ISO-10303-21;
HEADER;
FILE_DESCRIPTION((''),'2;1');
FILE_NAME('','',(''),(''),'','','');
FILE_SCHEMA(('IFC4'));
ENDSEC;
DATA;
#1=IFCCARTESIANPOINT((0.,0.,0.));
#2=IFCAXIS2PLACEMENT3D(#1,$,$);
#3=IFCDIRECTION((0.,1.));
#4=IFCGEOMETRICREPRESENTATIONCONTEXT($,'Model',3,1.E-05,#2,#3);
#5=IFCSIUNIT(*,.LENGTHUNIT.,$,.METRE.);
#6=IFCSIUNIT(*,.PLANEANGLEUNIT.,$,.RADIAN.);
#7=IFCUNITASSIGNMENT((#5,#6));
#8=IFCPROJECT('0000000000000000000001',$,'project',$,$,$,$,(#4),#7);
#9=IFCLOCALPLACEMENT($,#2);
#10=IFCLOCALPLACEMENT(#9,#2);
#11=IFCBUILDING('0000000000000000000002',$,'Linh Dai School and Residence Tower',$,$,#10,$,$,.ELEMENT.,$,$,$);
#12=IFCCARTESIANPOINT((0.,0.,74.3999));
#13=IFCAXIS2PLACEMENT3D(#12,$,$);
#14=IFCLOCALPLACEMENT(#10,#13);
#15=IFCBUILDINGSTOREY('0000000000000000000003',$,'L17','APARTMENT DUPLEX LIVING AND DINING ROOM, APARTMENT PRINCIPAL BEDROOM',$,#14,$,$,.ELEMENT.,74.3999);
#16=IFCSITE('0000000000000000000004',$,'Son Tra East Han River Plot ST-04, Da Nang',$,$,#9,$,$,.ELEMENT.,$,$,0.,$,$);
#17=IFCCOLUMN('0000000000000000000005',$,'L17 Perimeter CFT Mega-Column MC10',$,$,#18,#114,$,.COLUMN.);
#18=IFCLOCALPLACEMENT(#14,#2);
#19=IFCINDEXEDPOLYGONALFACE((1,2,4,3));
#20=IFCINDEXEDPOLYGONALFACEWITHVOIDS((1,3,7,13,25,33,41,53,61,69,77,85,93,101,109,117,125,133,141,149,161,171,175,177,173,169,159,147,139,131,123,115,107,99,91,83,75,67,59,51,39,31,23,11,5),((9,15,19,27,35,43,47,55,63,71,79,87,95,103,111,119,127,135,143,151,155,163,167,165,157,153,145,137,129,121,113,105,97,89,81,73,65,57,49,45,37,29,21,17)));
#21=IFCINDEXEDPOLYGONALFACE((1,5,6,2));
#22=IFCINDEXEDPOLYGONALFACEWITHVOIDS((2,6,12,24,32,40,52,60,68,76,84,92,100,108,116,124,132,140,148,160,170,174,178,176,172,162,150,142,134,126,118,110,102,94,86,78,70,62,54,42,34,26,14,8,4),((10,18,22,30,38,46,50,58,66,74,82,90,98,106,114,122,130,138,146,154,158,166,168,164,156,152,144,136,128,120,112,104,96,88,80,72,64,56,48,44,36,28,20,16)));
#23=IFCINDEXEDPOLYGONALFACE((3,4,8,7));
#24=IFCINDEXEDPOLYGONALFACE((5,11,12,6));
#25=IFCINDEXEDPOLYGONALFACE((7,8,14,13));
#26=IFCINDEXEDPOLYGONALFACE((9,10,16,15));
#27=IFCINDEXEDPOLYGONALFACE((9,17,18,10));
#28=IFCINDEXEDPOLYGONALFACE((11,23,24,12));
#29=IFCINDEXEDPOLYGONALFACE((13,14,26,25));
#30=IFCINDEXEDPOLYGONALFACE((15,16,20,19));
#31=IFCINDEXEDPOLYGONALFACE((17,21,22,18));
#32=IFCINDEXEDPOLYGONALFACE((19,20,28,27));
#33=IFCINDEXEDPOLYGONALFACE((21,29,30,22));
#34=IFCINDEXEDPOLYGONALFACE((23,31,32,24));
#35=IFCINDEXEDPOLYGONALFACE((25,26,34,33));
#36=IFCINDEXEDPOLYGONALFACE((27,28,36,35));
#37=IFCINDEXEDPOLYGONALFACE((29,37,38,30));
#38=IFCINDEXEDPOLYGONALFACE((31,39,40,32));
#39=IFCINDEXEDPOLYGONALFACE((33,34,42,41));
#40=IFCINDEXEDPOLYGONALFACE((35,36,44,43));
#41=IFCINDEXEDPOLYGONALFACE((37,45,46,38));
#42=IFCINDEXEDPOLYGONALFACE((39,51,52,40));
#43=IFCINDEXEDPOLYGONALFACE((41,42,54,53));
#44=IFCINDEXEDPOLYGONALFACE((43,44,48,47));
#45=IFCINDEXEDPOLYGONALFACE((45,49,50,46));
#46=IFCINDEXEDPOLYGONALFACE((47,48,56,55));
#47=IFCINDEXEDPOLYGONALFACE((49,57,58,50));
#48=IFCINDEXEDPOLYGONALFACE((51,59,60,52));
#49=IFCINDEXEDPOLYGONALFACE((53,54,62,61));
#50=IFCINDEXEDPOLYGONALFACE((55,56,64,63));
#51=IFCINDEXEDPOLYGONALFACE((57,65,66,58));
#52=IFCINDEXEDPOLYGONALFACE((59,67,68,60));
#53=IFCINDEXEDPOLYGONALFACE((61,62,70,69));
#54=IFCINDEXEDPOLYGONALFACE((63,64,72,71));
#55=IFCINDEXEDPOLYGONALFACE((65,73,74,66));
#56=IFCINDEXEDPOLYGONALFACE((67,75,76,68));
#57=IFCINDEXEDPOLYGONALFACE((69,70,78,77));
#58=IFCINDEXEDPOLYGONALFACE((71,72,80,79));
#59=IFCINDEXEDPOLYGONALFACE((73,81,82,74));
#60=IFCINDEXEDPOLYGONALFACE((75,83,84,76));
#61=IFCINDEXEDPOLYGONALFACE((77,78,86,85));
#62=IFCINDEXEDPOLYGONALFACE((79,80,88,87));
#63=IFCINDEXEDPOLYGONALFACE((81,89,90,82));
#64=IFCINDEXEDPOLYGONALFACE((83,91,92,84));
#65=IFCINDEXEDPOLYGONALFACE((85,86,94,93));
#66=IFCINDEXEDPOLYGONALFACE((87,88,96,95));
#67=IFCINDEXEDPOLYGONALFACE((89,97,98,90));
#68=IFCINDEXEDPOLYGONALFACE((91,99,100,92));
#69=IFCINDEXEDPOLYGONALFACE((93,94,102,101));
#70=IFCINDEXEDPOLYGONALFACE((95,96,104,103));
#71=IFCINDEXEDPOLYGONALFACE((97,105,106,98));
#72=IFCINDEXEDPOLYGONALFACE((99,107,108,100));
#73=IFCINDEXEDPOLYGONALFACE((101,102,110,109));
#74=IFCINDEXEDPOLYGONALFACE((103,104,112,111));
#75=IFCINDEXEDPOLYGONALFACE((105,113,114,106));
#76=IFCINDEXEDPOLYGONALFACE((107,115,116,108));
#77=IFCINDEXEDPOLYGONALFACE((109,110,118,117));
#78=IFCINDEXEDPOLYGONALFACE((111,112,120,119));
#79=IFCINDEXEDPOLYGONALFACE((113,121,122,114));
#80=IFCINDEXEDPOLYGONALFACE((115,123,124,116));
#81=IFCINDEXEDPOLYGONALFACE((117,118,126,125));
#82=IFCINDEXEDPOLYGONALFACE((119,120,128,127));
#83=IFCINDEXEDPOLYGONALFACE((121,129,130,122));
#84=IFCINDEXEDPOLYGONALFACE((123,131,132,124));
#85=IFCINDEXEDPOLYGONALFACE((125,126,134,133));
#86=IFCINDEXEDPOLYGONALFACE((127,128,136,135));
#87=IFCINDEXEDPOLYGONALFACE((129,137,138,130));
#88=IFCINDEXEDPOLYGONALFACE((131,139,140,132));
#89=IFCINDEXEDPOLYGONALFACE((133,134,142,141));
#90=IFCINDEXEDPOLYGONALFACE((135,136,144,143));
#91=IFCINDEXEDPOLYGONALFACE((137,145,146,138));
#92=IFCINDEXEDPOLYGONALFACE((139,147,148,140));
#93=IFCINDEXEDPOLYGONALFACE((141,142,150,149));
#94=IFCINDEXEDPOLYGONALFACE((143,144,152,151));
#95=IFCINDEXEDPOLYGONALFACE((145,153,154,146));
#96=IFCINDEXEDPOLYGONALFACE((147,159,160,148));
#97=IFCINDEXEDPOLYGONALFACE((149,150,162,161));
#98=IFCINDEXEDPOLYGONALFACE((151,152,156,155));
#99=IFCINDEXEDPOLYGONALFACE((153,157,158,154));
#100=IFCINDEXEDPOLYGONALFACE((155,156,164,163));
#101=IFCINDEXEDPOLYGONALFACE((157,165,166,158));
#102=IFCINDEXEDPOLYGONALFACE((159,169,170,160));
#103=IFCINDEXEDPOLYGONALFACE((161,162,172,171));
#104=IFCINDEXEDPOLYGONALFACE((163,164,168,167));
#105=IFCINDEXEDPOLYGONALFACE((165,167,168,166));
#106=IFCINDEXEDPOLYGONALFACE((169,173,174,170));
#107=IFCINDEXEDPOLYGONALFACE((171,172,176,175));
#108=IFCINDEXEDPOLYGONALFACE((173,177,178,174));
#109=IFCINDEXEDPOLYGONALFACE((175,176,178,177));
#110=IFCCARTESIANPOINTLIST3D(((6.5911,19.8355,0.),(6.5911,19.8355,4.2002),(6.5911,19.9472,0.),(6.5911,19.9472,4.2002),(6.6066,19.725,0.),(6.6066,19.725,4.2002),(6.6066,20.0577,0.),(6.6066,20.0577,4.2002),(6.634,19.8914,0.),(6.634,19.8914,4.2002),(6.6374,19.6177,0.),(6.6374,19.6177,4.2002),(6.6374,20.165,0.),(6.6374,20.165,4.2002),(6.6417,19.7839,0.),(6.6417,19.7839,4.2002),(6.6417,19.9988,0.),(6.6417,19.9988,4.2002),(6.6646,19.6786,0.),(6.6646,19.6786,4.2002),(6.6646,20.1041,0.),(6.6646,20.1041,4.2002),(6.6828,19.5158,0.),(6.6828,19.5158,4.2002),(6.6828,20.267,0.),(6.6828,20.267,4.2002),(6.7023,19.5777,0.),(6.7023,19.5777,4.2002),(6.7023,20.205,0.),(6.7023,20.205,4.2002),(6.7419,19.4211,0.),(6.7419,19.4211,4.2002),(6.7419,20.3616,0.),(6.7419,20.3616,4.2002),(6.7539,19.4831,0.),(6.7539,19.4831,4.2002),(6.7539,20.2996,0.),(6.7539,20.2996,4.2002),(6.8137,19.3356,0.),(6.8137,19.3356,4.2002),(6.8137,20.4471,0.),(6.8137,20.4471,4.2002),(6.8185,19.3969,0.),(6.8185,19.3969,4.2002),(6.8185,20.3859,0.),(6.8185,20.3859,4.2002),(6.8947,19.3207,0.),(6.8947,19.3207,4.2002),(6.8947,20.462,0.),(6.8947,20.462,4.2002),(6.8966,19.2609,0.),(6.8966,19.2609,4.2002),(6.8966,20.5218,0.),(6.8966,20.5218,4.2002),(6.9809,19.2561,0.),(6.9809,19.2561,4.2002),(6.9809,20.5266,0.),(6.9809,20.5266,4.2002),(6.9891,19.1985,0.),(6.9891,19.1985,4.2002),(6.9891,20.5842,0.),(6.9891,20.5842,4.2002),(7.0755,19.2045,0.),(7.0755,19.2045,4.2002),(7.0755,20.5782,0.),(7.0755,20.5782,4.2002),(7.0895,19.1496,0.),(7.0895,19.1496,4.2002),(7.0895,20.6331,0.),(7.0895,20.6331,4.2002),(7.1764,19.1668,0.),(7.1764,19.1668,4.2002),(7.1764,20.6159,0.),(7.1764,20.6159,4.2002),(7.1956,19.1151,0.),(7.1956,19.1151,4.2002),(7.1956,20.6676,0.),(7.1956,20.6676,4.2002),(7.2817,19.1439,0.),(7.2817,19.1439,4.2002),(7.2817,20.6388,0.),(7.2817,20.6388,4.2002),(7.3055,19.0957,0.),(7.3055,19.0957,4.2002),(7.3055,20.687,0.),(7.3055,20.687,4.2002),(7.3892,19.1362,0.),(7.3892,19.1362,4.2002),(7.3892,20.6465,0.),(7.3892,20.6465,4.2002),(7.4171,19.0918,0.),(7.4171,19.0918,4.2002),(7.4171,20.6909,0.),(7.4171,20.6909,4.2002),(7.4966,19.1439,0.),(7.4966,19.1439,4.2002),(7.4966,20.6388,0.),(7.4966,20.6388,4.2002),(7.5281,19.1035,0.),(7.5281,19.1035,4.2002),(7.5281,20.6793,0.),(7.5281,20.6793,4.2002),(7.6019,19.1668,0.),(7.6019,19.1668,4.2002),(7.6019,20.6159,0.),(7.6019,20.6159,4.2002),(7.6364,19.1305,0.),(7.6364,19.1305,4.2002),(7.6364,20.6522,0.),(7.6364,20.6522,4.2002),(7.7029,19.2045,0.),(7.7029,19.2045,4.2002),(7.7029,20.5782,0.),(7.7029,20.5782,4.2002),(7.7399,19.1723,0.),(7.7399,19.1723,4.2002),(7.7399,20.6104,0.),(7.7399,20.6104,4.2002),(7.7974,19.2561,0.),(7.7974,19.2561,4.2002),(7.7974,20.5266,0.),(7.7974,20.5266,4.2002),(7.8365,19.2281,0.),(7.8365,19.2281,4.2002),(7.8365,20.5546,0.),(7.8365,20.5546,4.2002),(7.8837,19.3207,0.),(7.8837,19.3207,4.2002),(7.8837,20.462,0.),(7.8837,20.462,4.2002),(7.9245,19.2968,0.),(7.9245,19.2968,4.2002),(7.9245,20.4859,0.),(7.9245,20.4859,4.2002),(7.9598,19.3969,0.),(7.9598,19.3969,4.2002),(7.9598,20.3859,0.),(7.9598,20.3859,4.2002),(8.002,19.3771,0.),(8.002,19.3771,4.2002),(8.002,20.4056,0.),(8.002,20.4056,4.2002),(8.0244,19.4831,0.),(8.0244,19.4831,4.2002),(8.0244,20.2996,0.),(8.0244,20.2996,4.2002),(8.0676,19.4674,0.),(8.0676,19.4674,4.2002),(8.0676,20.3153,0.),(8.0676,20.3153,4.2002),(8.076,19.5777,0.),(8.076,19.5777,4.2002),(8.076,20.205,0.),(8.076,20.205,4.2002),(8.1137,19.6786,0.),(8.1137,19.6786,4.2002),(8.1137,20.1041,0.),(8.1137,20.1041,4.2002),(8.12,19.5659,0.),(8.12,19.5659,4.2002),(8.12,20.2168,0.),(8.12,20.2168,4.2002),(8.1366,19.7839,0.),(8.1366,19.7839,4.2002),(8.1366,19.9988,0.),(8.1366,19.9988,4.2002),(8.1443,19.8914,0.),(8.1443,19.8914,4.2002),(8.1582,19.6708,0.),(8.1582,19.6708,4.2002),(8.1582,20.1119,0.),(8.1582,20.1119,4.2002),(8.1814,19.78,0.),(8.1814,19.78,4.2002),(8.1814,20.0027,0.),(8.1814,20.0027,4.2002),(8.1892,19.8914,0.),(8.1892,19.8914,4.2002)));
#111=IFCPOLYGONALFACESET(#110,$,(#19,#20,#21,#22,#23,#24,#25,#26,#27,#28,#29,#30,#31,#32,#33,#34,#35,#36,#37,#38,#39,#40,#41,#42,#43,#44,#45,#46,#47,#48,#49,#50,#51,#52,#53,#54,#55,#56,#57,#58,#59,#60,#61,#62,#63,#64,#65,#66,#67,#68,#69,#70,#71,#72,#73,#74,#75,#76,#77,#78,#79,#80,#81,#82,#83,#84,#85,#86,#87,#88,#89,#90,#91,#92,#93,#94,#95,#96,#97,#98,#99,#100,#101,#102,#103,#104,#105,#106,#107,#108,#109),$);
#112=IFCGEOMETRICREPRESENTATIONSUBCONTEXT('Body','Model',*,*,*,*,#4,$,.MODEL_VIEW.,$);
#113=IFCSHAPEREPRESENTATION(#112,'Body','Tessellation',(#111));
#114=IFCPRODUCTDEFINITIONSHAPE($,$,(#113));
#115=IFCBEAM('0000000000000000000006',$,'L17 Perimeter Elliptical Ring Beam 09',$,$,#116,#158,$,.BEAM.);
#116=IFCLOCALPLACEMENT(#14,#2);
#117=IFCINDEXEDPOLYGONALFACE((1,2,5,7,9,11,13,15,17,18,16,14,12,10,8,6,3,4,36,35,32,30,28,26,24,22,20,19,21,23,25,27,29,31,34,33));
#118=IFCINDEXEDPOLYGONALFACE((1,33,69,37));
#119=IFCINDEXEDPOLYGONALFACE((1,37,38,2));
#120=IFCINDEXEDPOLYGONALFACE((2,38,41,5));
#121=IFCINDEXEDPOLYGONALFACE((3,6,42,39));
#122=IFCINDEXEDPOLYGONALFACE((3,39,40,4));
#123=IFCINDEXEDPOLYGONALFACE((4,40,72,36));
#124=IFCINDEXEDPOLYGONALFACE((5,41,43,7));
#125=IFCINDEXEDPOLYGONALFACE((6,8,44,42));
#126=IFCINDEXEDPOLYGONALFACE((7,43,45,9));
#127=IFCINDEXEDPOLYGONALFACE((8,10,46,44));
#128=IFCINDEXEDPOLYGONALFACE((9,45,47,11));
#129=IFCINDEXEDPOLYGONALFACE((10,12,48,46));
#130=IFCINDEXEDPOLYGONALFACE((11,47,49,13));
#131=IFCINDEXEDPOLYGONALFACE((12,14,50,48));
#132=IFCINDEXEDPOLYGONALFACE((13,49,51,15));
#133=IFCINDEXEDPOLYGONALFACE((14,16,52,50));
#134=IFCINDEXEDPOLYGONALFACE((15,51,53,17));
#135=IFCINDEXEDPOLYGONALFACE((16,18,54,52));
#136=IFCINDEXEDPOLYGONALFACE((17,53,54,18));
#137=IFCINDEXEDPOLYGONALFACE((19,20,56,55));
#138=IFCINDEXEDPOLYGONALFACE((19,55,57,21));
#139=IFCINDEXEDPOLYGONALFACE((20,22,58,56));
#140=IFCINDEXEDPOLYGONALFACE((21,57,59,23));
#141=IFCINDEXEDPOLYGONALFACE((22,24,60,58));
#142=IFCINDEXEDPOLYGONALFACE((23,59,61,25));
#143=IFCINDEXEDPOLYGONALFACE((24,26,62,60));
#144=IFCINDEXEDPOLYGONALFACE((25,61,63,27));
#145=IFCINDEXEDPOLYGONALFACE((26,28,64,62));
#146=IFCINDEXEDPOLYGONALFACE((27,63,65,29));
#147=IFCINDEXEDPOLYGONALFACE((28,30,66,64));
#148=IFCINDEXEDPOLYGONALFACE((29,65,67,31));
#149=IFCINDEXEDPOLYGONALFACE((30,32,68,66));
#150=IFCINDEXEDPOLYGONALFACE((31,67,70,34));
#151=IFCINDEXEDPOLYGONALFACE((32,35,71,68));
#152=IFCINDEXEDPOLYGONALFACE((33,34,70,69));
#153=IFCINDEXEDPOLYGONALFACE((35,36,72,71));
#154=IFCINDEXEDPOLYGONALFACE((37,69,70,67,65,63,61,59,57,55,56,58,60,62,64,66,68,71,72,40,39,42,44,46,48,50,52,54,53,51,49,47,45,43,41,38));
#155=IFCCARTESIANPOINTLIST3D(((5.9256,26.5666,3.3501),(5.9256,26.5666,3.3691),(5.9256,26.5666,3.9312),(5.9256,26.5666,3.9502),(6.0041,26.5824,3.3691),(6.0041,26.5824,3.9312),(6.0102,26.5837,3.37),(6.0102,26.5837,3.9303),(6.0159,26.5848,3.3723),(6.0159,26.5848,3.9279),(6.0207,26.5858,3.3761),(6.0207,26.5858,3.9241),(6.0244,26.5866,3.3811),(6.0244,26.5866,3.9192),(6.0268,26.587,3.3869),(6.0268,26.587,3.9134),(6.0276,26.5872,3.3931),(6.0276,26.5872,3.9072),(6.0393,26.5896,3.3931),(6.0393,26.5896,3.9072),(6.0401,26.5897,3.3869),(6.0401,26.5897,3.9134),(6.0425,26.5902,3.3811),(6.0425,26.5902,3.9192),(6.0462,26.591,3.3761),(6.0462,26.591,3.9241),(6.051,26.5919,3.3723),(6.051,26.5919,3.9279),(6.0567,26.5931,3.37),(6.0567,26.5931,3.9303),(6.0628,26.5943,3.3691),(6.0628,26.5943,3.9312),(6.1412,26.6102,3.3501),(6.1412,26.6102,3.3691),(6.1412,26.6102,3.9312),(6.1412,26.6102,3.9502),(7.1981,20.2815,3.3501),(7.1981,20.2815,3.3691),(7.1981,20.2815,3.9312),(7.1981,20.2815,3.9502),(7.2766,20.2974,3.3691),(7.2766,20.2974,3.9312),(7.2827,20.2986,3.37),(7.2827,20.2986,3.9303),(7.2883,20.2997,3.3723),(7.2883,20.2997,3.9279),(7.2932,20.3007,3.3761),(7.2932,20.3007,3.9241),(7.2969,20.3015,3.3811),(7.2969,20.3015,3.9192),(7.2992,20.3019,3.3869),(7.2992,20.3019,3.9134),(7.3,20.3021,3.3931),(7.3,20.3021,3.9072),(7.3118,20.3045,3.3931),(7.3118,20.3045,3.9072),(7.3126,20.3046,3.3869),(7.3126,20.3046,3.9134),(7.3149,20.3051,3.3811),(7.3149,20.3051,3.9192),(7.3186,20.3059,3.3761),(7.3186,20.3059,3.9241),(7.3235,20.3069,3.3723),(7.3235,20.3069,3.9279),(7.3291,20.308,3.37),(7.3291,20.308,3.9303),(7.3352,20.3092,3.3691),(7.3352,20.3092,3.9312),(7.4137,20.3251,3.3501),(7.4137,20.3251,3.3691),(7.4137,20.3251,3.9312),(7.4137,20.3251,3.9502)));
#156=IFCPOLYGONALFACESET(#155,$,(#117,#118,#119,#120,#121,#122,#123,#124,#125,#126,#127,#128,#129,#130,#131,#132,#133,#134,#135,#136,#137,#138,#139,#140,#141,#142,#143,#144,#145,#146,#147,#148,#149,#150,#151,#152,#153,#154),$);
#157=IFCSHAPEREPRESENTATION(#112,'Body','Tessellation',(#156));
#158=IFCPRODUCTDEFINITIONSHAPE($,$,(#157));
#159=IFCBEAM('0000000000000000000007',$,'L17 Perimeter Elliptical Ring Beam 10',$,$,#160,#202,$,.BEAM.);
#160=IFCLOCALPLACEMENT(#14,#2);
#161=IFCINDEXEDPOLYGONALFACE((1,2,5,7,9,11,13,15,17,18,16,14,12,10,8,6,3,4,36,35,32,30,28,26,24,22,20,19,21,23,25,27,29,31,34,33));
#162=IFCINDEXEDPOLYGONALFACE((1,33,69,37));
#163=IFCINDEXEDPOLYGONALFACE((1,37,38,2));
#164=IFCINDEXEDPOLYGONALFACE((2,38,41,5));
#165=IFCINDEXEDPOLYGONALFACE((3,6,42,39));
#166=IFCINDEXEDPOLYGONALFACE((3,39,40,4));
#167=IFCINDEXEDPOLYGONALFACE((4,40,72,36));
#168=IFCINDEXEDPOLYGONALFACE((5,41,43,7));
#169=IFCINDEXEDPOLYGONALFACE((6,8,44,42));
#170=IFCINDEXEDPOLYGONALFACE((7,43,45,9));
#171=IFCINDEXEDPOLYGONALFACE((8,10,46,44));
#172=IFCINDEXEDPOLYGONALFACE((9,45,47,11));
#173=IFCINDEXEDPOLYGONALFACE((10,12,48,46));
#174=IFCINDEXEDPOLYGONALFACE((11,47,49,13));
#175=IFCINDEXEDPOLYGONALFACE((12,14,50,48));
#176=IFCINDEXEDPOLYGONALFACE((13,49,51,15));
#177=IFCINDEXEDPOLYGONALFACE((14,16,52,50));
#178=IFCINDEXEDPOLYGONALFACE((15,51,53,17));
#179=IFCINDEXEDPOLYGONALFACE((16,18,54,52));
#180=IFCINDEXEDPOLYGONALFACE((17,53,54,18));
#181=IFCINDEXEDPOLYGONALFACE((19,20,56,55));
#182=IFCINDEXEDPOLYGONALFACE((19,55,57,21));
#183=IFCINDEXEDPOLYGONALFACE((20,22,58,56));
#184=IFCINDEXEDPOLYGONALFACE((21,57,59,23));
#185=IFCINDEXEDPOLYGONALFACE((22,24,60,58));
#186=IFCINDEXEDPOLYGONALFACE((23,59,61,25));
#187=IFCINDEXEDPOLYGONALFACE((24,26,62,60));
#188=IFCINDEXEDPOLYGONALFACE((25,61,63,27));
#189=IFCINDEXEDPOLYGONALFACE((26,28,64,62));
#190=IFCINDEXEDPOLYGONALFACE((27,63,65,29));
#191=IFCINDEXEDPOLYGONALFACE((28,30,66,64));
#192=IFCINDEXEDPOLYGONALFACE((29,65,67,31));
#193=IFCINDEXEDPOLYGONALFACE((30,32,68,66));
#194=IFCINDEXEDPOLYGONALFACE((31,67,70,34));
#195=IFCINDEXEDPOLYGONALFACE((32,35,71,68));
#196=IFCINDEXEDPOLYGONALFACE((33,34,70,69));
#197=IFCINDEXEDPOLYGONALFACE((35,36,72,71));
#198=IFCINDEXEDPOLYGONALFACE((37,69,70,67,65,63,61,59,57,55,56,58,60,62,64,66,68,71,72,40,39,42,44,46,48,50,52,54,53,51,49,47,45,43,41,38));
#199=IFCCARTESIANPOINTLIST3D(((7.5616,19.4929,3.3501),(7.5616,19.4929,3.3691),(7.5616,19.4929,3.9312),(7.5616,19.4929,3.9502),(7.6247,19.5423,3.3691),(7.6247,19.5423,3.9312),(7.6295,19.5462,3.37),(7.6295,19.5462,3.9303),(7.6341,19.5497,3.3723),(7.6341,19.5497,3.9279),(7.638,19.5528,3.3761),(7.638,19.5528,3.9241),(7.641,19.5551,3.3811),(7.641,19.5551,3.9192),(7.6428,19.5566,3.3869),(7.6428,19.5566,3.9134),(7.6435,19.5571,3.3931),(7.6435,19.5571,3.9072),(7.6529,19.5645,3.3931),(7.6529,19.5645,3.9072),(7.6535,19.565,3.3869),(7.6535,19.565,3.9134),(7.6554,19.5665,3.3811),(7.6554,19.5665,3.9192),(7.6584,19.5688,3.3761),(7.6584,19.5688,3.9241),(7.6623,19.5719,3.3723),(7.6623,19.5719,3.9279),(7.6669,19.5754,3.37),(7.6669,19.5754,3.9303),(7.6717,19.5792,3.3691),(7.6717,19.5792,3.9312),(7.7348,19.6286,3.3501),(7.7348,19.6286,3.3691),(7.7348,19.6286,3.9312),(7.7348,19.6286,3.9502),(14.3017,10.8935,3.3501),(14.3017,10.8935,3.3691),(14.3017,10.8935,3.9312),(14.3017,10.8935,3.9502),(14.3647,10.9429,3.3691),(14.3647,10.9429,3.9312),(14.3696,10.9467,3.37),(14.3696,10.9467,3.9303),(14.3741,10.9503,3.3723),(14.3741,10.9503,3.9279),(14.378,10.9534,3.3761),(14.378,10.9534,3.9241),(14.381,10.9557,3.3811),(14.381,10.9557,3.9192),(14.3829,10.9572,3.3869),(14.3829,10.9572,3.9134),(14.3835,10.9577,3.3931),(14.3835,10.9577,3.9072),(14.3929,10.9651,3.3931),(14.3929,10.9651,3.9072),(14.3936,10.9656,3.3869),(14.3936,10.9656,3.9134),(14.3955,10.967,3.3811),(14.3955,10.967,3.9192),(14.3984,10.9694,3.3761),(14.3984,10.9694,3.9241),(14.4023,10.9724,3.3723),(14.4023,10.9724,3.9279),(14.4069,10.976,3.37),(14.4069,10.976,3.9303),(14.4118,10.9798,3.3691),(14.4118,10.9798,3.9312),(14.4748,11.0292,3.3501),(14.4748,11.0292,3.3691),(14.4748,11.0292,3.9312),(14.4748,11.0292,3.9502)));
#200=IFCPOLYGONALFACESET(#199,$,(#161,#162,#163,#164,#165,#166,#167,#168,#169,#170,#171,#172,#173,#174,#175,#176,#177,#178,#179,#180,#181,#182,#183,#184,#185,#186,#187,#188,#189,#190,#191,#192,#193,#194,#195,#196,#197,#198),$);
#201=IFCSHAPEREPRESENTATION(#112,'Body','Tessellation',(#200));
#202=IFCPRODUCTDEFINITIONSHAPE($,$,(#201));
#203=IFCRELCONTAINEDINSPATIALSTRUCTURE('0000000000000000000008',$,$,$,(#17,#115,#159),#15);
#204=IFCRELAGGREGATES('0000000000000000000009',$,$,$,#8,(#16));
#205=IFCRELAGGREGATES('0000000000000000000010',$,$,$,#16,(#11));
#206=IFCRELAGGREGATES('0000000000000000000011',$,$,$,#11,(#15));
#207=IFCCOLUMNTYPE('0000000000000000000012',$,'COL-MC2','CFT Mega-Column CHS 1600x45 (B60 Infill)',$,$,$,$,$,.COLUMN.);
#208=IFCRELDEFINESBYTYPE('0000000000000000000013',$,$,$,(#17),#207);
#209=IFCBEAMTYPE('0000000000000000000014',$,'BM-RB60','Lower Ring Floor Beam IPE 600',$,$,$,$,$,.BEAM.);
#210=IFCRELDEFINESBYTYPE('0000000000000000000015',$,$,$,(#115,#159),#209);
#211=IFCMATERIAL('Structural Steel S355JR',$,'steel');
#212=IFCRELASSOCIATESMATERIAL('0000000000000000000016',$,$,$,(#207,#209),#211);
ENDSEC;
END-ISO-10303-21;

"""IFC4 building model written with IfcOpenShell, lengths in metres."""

from ifc_helpers import new_model, si_unit, direction, frame, origin, origin_2d, place, context, subcontext, project, spatial, hollow_circle, i_section, extrude, material, material_profile, profile_set, type_object, element, save


model = new_model("IFC4")

# Units and contexts
model_context = context("Model", 3, precision=1e-05, world=origin(), true_north=direction((0.0, 1.0)))
body_context = subcontext(model_context, "Body", "Model", "MODEL_VIEW")
ifc_project = project(units=[si_unit("LENGTHUNIT", "METRE"), si_unit("PLANEANGLEUNIT", "RADIAN")], contexts=[model_context])

# Site, building, storey
site_placement = place(None, origin())
site = spatial("IfcSite", under=ifc_project, at=site_placement, Name="Son Tra East Han River Plot ST-04, Da Nang", CompositionType="ELEMENT", RefElevation=0.0)
building_placement = place(site_placement, origin())
building = spatial("IfcBuilding", under=site, at=building_placement, Name="Linh Dai School and Residence Tower", CompositionType="ELEMENT")
storey_placement = place(building_placement, frame((0.0, 0.0, 74.3999)))
storey = spatial("IfcBuildingStorey", under=building, at=storey_placement, Name="L17", Description="APARTMENT DUPLEX LIVING AND DINING ROOM, APARTMENT PRINCIPAL BEDROOM", CompositionType="ELEMENT", Elevation=74.3999)

# Column
ifc_material_1 = material(Name="Structural Steel S355JR", Category="steel")
ifc_material_profile_1 = material_profile(ifc_material_1, hollow_circle(Radius=0.8, WallThickness=0.0449, at=origin_2d()), Name="CHS 1600x45")
ifc_profile_set_1 = profile_set([ifc_material_profile_1], Name="Structural Steel S355JR")
column_type = type_object("IfcColumnType", Name="COL-MC2", Description="CFT Mega-Column CHS 1600x45 (B60 Infill)", PredefinedType="COLUMN", material=ifc_profile_set_1)
column_placement = place(storey_placement, frame((7.3892, 19.8914, 0.0), z_axis=(0.0, 0.0, 1.0), x_axis=(1.0, 0.0, 0.0)))
element("IfcColumn", 1, at=column_placement, inside=storey, type_object=column_type, Name="L17 Perimeter CFT Mega-Column MC10", PredefinedType="COLUMN", context=body_context, shape_type="SweptSolid", body=[
    extrude(hollow_circle(Radius=0.8, WallThickness=0.0449, at=origin_2d()), origin(), (0.0, 0.0, 1.0), 4.2002),
])

# Beams
ifc_material_profile_2 = material_profile(ifc_material_1, i_section(OverallWidth=0.22, OverallDepth=0.6001, WebThickness=0.012, FlangeThickness=0.019, FilletRadius=0.0239, at=origin_2d()), Name="IPE 600")
ifc_profile_set_2 = profile_set([ifc_material_profile_2], Name="Structural Steel S355JR")
beam_type = type_object("IfcBeamType", Name="BM-RB60", Description="Lower Ring Floor Beam IPE 600", PredefinedType="BEAM", material=ifc_profile_set_2)
beam_1_placement = place(storey_placement, frame((6.0334, 26.5884, 3.6501), z_axis=(0.198429, -0.980115, 0.0), x_axis=(0.980115, 0.198429, 0.0)))
element("IfcBeam", 2, at=beam_1_placement, inside=storey, type_object=beam_type, Name="L17 Perimeter Elliptical Ring Beam 09", PredefinedType="BEAM", context=body_context, shape_type="SweptSolid", body=[
    extrude(i_section(OverallWidth=0.22, OverallDepth=0.6001, WebThickness=0.012, FlangeThickness=0.019, FilletRadius=0.0239, at=origin_2d()), origin(), (0.0, 0.0, 1.0), 6.4126),
])
beam_2_placement = place(storey_placement, frame((7.6482, 19.5608, 3.6501), z_axis=(0.616879, -0.787058, 0.0), x_axis=(0.787058, 0.616879, 0.0)))
element("IfcBeam", 3, at=beam_2_placement, inside=storey, type_object=beam_type, Name="L17 Perimeter Elliptical Ring Beam 10", PredefinedType="BEAM", context=body_context, shape_type="SweptSolid", body=[
    extrude(i_section(OverallWidth=0.22, OverallDepth=0.6001, WebThickness=0.012, FlangeThickness=0.019, FilletRadius=0.0239, at=origin_2d()), origin(), (0.0, 0.0, 1.0), 10.926),
])

save(model, "model.ifc")
